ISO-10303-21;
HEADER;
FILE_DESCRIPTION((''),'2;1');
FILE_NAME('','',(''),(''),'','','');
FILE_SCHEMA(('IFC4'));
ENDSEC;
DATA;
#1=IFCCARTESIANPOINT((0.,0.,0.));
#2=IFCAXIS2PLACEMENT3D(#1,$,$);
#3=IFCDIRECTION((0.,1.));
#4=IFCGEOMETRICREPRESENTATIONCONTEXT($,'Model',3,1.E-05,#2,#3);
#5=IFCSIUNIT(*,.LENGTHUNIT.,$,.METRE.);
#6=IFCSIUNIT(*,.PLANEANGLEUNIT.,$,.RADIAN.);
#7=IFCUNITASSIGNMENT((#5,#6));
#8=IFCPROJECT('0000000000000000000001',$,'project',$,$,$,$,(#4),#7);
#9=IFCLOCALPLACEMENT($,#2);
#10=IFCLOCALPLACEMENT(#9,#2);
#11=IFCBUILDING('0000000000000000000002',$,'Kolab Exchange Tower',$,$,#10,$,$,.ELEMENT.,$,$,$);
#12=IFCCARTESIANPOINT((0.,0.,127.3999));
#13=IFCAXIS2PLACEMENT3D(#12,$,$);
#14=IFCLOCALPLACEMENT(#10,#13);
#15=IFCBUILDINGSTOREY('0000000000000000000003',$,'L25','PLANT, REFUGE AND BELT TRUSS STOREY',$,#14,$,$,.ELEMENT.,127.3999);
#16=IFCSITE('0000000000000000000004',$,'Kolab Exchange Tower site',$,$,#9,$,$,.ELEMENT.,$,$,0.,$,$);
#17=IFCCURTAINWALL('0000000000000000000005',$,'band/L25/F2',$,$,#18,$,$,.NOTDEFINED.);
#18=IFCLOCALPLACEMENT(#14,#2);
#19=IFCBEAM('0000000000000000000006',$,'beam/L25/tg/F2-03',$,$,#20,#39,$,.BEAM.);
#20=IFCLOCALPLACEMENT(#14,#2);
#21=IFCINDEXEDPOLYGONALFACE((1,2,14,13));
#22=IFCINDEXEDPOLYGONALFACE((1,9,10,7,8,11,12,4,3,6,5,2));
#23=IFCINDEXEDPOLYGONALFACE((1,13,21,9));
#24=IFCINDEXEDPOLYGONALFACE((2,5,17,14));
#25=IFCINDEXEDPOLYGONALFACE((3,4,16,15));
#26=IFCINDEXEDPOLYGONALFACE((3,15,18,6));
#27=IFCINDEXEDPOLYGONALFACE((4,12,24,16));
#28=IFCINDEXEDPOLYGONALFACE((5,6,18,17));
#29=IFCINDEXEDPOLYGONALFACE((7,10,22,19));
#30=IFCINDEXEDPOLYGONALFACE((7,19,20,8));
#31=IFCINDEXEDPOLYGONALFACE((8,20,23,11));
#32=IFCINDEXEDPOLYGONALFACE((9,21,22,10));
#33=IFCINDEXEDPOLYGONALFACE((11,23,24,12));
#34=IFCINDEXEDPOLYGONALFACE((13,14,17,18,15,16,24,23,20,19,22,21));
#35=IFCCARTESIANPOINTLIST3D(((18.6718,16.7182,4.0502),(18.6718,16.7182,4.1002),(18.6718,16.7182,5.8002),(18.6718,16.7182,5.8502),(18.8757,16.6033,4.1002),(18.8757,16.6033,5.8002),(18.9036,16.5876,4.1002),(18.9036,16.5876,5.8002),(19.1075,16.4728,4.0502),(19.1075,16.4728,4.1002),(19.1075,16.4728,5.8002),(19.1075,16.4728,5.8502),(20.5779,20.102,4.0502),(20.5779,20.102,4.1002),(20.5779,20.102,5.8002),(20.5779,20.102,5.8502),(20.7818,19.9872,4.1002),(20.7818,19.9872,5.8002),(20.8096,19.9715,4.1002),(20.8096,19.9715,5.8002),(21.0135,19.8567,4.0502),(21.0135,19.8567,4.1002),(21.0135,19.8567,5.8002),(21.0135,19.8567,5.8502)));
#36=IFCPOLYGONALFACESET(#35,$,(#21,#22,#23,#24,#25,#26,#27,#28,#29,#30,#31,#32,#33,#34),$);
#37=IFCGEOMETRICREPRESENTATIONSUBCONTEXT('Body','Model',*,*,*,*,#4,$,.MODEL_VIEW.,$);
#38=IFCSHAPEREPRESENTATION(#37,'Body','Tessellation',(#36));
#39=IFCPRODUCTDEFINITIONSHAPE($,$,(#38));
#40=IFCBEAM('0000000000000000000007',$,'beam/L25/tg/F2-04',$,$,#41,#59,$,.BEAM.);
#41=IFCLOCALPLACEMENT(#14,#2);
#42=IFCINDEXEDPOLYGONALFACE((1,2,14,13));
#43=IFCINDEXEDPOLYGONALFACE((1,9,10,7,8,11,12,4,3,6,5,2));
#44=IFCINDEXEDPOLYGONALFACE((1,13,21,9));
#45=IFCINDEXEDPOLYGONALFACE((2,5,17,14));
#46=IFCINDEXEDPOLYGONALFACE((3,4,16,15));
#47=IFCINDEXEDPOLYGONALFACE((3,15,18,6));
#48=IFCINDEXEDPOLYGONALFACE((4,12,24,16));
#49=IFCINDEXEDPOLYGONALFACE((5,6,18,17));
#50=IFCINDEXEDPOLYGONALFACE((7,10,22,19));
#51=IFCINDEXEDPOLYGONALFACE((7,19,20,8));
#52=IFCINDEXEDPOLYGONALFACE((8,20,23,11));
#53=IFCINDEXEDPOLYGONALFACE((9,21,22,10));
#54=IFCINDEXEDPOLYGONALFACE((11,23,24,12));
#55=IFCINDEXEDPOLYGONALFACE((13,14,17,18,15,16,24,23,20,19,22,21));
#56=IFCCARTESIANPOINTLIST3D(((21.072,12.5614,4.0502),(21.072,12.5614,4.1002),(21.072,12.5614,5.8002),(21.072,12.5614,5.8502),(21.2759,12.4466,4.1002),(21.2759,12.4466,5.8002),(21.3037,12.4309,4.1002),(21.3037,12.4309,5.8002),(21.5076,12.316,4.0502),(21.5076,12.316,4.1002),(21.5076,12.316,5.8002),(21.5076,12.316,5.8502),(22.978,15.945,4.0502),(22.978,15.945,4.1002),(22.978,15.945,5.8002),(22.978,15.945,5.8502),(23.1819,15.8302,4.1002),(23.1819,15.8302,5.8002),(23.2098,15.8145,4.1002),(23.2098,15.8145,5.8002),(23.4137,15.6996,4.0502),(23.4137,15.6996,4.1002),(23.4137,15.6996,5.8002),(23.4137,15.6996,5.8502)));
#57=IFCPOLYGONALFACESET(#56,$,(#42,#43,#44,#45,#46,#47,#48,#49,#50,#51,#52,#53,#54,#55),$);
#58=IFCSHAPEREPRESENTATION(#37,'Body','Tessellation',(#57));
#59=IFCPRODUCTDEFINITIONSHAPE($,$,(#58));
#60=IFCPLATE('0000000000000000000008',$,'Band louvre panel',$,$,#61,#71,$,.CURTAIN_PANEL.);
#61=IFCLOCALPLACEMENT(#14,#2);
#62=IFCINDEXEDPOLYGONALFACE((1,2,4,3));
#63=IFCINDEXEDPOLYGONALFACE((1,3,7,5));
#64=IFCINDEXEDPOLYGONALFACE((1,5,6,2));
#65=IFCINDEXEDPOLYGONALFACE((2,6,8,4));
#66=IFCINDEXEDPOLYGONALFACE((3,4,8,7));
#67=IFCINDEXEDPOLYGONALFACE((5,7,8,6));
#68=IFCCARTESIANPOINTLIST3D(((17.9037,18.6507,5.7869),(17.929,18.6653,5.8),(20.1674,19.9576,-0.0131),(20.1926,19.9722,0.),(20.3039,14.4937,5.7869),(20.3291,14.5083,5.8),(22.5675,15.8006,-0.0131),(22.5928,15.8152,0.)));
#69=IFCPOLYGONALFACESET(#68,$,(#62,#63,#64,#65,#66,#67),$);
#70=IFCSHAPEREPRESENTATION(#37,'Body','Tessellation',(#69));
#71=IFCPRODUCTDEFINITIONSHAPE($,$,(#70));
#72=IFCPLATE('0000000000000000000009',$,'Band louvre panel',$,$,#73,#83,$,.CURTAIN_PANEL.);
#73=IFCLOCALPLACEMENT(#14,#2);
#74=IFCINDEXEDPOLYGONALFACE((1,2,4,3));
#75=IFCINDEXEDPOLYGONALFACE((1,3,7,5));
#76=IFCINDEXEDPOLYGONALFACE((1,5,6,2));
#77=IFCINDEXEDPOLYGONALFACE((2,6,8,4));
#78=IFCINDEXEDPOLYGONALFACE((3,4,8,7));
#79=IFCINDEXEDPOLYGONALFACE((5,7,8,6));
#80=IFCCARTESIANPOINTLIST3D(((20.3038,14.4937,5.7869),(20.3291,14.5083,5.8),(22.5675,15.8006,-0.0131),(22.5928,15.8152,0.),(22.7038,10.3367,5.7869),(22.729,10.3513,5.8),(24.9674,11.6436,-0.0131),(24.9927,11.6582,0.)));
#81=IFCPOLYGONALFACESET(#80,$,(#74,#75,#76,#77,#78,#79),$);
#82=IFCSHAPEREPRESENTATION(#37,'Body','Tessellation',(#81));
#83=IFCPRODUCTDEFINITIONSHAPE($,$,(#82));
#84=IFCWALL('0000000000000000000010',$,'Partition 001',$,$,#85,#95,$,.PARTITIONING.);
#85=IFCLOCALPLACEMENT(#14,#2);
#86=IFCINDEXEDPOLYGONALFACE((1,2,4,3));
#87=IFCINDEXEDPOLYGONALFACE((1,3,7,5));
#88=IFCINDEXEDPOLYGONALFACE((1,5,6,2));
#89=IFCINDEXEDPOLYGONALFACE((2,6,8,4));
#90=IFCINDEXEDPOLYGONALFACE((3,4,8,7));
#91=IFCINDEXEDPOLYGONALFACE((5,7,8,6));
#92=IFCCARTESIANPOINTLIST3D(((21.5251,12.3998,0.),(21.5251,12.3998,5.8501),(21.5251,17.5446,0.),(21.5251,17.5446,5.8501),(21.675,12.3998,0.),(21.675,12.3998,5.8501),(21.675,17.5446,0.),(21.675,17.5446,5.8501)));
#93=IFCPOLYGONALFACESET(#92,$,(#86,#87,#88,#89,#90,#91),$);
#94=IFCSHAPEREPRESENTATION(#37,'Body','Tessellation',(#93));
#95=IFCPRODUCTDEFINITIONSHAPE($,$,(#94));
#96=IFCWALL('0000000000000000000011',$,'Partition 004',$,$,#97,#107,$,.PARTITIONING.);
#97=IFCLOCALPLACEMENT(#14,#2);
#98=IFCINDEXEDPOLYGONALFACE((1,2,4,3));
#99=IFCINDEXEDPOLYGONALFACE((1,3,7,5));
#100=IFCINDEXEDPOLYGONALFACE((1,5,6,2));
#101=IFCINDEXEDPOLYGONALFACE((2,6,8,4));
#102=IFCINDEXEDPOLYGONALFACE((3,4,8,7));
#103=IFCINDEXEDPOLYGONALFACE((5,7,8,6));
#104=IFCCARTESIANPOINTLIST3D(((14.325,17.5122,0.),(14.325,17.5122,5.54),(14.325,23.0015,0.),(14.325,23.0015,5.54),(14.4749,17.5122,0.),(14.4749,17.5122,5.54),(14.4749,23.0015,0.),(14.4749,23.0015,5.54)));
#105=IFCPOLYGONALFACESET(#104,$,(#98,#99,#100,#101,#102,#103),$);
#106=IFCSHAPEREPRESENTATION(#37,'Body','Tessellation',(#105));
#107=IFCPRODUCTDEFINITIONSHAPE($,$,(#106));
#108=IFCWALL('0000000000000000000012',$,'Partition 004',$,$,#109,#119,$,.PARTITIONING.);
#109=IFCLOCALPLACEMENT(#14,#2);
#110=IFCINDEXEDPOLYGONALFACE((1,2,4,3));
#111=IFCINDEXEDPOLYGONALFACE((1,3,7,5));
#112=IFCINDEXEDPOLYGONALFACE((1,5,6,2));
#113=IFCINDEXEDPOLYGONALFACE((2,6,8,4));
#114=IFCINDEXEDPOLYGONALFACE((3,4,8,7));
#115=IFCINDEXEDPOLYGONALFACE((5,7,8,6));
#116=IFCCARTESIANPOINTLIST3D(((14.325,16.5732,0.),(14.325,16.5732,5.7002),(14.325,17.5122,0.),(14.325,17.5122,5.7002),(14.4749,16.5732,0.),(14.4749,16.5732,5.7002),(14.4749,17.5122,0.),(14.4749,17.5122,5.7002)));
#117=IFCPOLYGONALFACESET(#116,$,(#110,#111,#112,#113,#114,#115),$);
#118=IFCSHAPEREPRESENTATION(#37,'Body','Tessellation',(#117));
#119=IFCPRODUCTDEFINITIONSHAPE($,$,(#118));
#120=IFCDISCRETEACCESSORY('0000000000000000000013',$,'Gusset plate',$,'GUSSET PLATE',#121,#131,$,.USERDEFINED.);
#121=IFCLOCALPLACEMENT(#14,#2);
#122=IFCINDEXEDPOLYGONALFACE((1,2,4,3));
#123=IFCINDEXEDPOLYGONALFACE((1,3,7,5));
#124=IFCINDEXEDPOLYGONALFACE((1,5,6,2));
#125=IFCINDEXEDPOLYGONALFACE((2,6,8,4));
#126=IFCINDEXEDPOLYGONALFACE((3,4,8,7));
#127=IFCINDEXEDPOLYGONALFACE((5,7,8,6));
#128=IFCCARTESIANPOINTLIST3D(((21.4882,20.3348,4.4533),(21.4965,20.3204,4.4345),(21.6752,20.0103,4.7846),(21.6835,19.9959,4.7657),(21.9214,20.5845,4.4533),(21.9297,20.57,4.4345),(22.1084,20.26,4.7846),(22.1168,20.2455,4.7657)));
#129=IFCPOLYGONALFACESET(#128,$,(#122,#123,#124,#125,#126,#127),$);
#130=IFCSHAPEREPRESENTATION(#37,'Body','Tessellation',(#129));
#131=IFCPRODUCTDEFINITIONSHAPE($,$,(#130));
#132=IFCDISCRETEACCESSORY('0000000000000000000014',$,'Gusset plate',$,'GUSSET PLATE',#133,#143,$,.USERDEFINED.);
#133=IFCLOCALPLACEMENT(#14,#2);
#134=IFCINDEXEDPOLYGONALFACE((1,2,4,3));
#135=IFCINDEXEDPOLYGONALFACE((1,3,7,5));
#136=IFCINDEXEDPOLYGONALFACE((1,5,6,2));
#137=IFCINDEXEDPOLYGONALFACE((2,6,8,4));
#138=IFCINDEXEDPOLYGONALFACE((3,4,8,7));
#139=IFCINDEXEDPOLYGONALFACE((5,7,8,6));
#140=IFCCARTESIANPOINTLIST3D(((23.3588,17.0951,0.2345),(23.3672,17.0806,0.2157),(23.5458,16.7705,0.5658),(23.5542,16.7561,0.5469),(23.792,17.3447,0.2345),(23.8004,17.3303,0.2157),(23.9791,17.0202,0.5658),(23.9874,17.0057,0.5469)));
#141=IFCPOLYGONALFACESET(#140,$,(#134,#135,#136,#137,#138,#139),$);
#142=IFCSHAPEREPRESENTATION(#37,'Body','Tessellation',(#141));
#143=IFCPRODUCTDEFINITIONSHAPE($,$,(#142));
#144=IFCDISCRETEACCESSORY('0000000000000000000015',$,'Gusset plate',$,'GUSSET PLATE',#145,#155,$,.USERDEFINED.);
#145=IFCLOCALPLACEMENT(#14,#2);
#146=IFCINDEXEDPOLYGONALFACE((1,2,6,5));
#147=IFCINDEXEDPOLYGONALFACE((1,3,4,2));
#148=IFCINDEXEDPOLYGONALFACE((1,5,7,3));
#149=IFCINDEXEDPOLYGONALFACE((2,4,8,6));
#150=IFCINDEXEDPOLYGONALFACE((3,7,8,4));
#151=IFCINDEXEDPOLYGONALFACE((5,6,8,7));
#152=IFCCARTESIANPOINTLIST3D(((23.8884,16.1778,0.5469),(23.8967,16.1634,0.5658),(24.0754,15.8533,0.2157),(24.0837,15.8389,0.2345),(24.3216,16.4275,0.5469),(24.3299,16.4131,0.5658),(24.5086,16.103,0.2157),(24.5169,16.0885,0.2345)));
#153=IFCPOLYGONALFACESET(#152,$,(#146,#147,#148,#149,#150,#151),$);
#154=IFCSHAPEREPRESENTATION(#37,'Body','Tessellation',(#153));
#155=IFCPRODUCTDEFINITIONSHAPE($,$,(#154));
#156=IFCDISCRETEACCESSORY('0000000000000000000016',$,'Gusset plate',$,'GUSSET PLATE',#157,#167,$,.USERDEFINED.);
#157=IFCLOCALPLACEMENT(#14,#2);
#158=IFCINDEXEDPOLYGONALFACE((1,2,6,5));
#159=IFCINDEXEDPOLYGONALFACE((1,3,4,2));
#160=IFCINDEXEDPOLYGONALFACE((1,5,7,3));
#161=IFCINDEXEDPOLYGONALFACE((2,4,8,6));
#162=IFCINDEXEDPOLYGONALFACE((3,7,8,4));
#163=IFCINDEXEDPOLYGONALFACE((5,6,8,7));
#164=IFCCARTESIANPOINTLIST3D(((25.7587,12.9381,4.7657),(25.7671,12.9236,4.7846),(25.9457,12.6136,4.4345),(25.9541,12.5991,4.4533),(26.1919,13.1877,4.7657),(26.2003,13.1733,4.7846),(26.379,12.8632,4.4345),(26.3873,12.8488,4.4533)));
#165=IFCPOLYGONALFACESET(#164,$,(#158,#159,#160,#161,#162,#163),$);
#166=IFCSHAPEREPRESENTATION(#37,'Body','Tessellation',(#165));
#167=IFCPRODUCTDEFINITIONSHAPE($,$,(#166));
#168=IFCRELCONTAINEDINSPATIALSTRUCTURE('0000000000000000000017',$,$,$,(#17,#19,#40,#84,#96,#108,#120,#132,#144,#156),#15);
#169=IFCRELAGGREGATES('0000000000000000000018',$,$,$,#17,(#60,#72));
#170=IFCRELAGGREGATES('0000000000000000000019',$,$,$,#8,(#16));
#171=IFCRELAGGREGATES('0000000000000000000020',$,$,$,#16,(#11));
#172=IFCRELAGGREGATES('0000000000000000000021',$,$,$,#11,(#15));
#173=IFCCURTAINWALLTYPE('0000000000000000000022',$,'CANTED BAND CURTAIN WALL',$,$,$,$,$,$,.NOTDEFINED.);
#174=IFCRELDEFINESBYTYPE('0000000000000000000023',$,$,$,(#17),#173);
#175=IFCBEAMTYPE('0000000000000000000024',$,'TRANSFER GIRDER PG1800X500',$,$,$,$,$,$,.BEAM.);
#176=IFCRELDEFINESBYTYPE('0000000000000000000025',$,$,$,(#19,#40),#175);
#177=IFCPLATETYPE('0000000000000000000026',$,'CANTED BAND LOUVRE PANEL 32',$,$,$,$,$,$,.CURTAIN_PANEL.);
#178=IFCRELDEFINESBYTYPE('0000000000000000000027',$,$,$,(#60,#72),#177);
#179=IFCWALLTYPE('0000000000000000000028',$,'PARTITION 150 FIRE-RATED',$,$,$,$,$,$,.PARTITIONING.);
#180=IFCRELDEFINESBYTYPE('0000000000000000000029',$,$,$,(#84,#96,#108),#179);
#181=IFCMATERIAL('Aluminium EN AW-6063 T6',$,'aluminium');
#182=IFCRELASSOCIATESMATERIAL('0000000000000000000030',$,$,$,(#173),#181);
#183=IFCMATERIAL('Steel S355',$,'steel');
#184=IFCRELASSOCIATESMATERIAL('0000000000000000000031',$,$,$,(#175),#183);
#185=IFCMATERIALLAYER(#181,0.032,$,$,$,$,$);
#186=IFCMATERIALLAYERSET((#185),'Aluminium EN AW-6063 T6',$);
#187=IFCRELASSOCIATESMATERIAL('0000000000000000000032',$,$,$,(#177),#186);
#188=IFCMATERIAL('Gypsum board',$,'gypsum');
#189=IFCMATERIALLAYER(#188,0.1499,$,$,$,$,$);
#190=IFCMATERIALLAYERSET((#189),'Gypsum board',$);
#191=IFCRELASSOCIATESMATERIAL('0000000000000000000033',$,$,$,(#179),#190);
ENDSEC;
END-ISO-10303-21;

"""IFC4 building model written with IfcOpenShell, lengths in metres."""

from ifc_helpers import new_model, si_unit, direction, frame, frame_2d, origin, origin_2d, place, context, subcontext, project, spatial, polyline, rectangle, i_section, outline, extrude, material, layer, layer_set, material_profile, profile_set, type_object, element, aggregate, save


model = new_model("IFC4")

# Units and contexts
model_context = context("Model", 3, precision=1e-05, world=origin(), true_north=direction((0.0, 1.0)))
body_context = subcontext(model_context, "Body", "Model", "MODEL_VIEW")
ifc_project = project(units=[si_unit("LENGTHUNIT", "METRE"), si_unit("PLANEANGLEUNIT", "RADIAN")], contexts=[model_context])

# Site, building, storey
site_placement = place(None, origin())
site = spatial("IfcSite", under=ifc_project, at=site_placement, Name="Kolab Exchange Tower site", CompositionType="ELEMENT", RefElevation=0.0)
building_placement = place(site_placement, origin())
building = spatial("IfcBuilding", under=site, at=building_placement, Name="Kolab Exchange Tower", CompositionType="ELEMENT")
storey_placement = place(building_placement, frame((0.0, 0.0, 127.3999)))
storey = spatial("IfcBuildingStorey", under=building, at=storey_placement, Name="L25", Description="PLANT, REFUGE AND BELT TRUSS STOREY", CompositionType="ELEMENT", Elevation=127.3999)

# Shared definitions
ifc_material_1 = material(Name="Steel S355", Category="steel")

# Curtain wall
ifc_material_2 = material(Name="Aluminium EN AW-6063 T6", Category="aluminium")
curtain_wall_type = type_object("IfcCurtainWallType", Name="CANTED BAND CURTAIN WALL", PredefinedType="NOTDEFINED", material=ifc_material_2)
curtain_wall_placement = place(storey_placement, origin())
curtain_wall = element("IfcCurtainWall", 1, at=curtain_wall_placement, inside=storey, type_object=curtain_wall_type, Name="band/L25/F2", PredefinedType="NOTDEFINED")

# Beams
ifc_material_profile_1 = material_profile(ifc_material_1, i_section(OverallWidth=0.5, OverallDepth=1.8, WebThickness=0.032, FlangeThickness=0.05, at=origin_2d()), Name="PG1800X500")
ifc_profile_set_1 = profile_set([ifc_material_profile_1], Name="Steel S355")
beam_type_1 = type_object("IfcBeamType", Name="TRANSFER GIRDER PG1800X500", PredefinedType="BEAM", material=ifc_profile_set_1)
beam_1_placement = place(storey_placement, frame((18.8896, 16.5955, 4.9502), z_axis=(0.490775, 0.871287, 0.0), x_axis=(-0.871287, 0.490775, 0.0)))
element("IfcBeam", 2, at=beam_1_placement, inside=storey, type_object=beam_type_1, Name="beam/L25/tg/F2-03", PredefinedType="BEAM", context=body_context, shape_type="SweptSolid", body=[
    extrude(i_section(OverallWidth=0.5, OverallDepth=1.8, WebThickness=0.032, FlangeThickness=0.05, at=origin_2d()), origin(), (0.0, 0.0, 1.0), 3.8838),
])
beam_2_placement = place(storey_placement, frame((21.2898, 12.4387, 4.9502), z_axis=(0.490801, 0.871271, 0.0), x_axis=(-0.871271, 0.490801, 0.0)))
element("IfcBeam", 3, at=beam_2_placement, inside=storey, type_object=beam_type_1, Name="beam/L25/tg/F2-04", PredefinedType="BEAM", context=body_context, shape_type="SweptSolid", body=[
    extrude(i_section(OverallWidth=0.5, OverallDepth=1.8, WebThickness=0.032, FlangeThickness=0.05, at=origin_2d()), origin(), (0.0, 0.0, 1.0), 3.8835),
])

# Plates
ifc_layer_1 = layer(ifc_material_2, 0.032)
ifc_layer_set_1 = layer_set([ifc_layer_1], Name="Aluminium EN AW-6063 T6")
plate_type = type_object("IfcPlateType", Name="CANTED BAND LOUVRE PANEL 32", PredefinedType="CURTAIN_PANEL", material=ifc_layer_set_1)
plate_1_placement = place(storey_placement, frame((20.1926, 19.9722, 0.0), z_axis=(0.789543, 0.455864, 0.410864), x_axis=(0.500017, -0.866015, 0.0)))
plate_1 = element("IfcPlate", 4, at=plate_1_placement, type_object=plate_type, Name="Band louvre panel", PredefinedType="CURTAIN_PANEL", context=body_context, shape_type="SweptSolid", body=[
    extrude(outline(polyline([(0.0, 0.0), (4.8001, 0.0), (4.8, -6.3618), (-0.0001, -6.3618), (0.0, 0.0)])), origin(), (0.0, 0.0, -1.0), 0.032),
])
plate_2_placement = place(storey_placement, frame((22.5928, 15.8152, 0.0), z_axis=(0.789563, 0.45583, 0.410864), x_axis=(0.499979, -0.866037, 0.0)))
plate_2 = element("IfcPlate", 5, at=plate_2_placement, type_object=plate_type, Name="Band louvre panel", PredefinedType="CURTAIN_PANEL", context=body_context, shape_type="SweptSolid", body=[
    extrude(outline(polyline([(0.0, 0.0), (4.8, 0.0), (4.8, -6.3618), (0.0, -6.3618), (0.0, 0.0)])), origin(), (0.0, 0.0, -1.0), 0.032),
])
aggregate(curtain_wall, [plate_1, plate_2])

# Walls
ifc_material_3 = material(Name="Gypsum board", Category="gypsum")
ifc_layer_2 = layer(ifc_material_3, 0.1499)
ifc_layer_set_2 = layer_set([ifc_layer_2], Name="Gypsum board")
wall_type = type_object("IfcWallType", Name="PARTITION 150 FIRE-RATED", PredefinedType="PARTITIONING", material=ifc_layer_set_2)
wall_1_placement = place(storey_placement, frame((21.6001, 12.3999, 0.0), z_axis=(0.0, 0.0, 1.0), x_axis=(0.0, 1.0, 0.0)))
element("IfcWall", 6, at=wall_1_placement, inside=storey, type_object=wall_type, Name="Partition 001", PredefinedType="PARTITIONING", context=body_context, shape_type="SweptSolid", body=[
    extrude(rectangle(XDim=5.1448, YDim=0.1499, at=frame_2d((2.5723, 0.0))), origin(), (0.0, 0.0, 1.0), 5.8501),
])
wall_2_placement = place(storey_placement, frame((14.3999, 17.5122, 0.0), z_axis=(0.0, 0.0, 1.0), x_axis=(0.0, 1.0, 0.0)))
element("IfcWall", 7, at=wall_2_placement, inside=storey, type_object=wall_type, Name="Partition 004", PredefinedType="PARTITIONING", context=body_context, shape_type="SweptSolid", body=[
    extrude(rectangle(XDim=5.4893, YDim=0.1499, at=frame_2d((2.7446, 0.0))), origin(), (0.0, 0.0, 1.0), 5.54),
])
wall_3_placement = place(storey_placement, frame((14.3999, 16.5732, 0.0), z_axis=(0.0, 0.0, 1.0), x_axis=(0.0, 1.0, 0.0)))
element("IfcWall", 8, at=wall_3_placement, inside=storey, type_object=wall_type, Name="Partition 004", PredefinedType="PARTITIONING", context=body_context, shape_type="SweptSolid", body=[
    extrude(rectangle(XDim=0.939, YDim=0.1499, at=frame_2d((0.4695, 0.0))), origin(), (0.0, 0.0, 1.0), 5.7002),
])

# Discrete accessories
for number, where, z_axis, x_axis, name in (
    (9, (21.8066, 20.283, 4.6001), (-0.330768, 0.57398, 0.749092), (-0.86643, -0.499299, 0.0), "Gusset plate"),
    (10, (23.6689, 17.0576, 0.4001), (0.330768, -0.57398, -0.749092), (0.86643, 0.499299, 0.0), "Gusset plate"),
    (11, (24.2068, 16.126, 0.4001), (-0.330768, 0.57398, -0.749092), (-0.86643, -0.499299, 0.0), "Gusset plate"),
    (12, (26.0688, 12.9006, 4.6001), (0.330768, -0.57398, 0.749092), (0.86643, 0.499299, 0.0), "Gusset plate"),
):
    element("IfcDiscreteAccessory", number, at=place(storey_placement, frame(where, z_axis=z_axis, x_axis=x_axis)), inside=storey, Name=name, ObjectType="GUSSET PLATE", PredefinedType="USERDEFINED", context=body_context, shape_type="SweptSolid", body=[
        extrude(rectangle(XDim=0.5, YDim=0.5, at=origin_2d()), origin(), (0.0, 0.0, 1.0), 0.0251),
    ])

save(model, "model.ifc")
